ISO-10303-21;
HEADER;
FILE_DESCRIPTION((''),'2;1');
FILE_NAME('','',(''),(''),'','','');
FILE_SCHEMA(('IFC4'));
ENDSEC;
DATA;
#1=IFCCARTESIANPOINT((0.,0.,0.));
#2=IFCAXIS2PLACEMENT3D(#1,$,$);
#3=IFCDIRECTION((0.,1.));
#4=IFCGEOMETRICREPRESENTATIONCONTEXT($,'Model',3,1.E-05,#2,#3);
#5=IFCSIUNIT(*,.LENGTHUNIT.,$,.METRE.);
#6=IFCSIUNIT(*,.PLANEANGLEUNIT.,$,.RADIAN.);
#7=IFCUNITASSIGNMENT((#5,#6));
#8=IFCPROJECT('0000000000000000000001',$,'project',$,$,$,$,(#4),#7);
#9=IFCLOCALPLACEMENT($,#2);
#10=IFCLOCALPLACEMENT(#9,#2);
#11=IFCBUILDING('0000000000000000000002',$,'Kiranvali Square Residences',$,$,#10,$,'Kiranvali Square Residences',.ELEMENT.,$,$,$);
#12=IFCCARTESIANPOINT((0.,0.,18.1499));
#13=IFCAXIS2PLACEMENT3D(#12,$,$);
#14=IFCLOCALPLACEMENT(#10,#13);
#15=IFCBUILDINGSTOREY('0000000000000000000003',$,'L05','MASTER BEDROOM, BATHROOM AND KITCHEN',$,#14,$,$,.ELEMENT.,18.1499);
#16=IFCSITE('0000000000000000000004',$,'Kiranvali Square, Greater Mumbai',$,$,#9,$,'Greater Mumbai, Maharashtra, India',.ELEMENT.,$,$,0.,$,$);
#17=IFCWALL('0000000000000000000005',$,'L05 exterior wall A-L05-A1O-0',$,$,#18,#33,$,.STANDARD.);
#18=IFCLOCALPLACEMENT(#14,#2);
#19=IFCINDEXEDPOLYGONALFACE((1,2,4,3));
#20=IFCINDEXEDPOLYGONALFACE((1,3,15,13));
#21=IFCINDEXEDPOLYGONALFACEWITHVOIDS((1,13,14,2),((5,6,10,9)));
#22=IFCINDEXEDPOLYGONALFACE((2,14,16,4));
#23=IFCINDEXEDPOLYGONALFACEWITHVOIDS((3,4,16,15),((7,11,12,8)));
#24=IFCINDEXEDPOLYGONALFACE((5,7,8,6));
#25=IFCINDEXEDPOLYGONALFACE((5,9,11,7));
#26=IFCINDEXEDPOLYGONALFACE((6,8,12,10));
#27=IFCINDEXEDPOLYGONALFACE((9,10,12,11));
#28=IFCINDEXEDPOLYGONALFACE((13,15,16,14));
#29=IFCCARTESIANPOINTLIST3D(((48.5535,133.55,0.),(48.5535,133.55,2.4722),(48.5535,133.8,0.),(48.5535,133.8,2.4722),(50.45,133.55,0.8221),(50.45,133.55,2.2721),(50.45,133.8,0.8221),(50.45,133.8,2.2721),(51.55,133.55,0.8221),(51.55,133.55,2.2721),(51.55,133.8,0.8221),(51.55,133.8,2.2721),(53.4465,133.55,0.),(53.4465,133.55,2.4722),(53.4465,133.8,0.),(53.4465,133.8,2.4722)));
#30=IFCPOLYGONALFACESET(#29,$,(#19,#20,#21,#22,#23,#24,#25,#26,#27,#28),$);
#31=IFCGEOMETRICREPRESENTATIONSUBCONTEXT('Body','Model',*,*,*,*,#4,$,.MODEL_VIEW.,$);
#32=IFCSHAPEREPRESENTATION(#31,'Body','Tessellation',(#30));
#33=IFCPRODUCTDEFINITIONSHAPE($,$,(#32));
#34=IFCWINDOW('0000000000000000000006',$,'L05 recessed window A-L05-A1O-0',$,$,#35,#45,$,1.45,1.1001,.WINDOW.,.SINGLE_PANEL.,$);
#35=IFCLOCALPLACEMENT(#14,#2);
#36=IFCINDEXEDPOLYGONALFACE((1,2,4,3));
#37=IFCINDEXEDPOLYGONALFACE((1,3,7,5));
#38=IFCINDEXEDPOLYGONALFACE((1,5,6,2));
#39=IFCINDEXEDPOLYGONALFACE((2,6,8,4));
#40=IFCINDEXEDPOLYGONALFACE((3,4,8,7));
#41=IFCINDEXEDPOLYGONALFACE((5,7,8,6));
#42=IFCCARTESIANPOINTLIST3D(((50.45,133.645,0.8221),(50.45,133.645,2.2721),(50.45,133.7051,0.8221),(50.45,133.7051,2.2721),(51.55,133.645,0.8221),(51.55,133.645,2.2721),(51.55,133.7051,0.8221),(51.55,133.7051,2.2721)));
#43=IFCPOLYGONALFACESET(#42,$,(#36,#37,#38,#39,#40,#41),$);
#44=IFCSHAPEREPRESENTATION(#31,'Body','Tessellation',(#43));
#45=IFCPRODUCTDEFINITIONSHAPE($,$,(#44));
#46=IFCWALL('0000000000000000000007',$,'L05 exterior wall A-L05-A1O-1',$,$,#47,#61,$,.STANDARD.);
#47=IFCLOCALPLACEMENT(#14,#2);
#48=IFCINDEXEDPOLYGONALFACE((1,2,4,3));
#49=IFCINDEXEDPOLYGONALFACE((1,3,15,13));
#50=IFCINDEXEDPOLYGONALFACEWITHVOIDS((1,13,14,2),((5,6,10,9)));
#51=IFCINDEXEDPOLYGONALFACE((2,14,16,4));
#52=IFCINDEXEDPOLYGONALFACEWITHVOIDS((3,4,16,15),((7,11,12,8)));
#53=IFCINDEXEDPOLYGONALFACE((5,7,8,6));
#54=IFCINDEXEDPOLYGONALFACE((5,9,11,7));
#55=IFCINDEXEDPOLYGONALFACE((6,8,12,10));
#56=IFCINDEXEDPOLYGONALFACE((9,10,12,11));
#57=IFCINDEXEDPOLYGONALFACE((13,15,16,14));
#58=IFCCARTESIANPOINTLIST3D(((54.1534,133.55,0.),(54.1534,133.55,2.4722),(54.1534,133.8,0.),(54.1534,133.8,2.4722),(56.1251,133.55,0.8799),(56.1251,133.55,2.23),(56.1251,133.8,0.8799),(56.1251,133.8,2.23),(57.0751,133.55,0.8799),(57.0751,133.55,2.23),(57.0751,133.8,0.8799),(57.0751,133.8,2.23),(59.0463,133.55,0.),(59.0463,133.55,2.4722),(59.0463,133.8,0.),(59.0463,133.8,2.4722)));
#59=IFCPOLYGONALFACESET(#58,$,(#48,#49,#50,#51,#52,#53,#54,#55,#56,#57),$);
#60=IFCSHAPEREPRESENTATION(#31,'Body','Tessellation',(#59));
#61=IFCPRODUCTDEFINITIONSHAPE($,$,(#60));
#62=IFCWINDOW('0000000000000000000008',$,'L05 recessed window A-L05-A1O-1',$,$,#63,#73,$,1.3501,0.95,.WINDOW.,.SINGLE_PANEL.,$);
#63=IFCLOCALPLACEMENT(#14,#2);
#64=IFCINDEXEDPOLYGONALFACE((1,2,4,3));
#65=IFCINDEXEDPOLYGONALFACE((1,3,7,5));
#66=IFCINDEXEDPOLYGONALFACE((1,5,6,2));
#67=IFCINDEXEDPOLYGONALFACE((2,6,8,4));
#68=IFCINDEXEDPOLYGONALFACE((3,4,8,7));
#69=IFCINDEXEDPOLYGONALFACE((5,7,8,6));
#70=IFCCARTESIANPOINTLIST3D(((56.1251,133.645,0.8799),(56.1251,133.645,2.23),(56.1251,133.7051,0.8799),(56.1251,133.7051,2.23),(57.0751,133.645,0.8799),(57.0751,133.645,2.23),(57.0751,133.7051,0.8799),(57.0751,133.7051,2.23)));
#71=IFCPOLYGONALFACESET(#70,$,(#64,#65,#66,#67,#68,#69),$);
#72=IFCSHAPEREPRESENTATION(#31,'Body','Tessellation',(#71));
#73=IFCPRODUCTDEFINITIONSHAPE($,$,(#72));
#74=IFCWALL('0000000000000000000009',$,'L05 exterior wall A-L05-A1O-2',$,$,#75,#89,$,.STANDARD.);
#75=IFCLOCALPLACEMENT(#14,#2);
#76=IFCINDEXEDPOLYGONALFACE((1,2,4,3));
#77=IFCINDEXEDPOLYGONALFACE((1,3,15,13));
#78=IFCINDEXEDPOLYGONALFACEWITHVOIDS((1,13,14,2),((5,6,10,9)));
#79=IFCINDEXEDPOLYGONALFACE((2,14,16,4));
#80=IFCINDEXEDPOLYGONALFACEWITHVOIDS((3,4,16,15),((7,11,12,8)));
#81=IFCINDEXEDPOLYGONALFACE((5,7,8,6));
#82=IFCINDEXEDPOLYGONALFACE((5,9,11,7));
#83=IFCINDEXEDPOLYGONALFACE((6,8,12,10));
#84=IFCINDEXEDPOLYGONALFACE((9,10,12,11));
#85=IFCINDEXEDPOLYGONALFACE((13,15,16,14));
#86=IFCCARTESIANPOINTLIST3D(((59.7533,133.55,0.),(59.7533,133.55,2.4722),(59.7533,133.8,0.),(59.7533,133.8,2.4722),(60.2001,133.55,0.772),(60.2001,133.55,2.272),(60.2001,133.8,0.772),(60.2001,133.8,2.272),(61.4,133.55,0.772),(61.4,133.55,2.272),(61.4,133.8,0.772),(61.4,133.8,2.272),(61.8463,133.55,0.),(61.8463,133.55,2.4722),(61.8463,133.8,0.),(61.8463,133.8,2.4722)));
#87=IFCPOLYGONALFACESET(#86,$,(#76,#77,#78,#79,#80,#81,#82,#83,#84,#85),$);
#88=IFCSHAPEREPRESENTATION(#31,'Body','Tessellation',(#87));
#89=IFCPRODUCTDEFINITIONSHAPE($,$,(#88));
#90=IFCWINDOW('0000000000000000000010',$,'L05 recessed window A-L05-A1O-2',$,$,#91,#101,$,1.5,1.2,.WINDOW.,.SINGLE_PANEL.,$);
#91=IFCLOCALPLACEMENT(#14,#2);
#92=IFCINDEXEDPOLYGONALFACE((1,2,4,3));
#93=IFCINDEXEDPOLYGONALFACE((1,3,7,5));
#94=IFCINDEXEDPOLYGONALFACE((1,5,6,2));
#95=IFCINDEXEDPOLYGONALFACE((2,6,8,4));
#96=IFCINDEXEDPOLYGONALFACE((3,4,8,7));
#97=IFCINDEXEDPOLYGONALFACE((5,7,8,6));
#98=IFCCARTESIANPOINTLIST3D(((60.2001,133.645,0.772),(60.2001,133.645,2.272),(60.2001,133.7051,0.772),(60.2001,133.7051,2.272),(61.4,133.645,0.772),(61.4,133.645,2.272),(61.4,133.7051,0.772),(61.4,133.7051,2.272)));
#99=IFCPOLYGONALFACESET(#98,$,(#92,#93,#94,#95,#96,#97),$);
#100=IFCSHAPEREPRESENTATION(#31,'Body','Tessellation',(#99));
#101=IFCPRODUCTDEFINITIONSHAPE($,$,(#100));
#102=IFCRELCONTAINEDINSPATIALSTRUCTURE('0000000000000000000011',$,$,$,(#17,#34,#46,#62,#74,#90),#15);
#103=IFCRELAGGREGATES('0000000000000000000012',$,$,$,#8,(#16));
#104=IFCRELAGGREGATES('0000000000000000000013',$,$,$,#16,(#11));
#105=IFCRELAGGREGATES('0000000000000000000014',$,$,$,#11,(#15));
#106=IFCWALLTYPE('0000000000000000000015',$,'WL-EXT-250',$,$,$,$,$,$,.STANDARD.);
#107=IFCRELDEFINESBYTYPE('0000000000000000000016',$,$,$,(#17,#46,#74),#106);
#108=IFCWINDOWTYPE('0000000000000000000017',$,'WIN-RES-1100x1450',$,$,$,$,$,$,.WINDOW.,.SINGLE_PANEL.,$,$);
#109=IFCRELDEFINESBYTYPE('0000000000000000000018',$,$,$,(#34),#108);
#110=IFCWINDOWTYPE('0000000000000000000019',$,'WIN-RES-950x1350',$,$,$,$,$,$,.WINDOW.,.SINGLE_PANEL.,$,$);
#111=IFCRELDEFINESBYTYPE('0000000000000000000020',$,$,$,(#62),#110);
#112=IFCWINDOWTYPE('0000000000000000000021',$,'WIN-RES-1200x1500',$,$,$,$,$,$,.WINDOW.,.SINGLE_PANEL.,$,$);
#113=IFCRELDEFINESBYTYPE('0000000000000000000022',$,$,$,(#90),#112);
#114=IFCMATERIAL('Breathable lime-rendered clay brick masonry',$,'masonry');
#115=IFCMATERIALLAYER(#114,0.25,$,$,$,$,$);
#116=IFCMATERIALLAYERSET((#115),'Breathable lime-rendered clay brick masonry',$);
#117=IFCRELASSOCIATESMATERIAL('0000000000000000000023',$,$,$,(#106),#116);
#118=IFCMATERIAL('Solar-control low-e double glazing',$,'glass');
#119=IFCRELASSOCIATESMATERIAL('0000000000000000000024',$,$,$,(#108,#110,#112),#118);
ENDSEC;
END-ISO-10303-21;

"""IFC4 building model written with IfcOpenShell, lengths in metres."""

from ifc_helpers import new_model, si_unit, direction, frame, frame_2d, origin, place, context, subcontext, project, spatial, rectangle, extrude, material, layer, layer_set, type_object, element, fill, save


model = new_model("IFC4")

# Units and contexts
model_context = context("Model", 3, precision=1e-05, world=origin(), true_north=direction((0.0, 1.0)))
body_context = subcontext(model_context, "Body", "Model", "MODEL_VIEW")
ifc_project = project(units=[si_unit("LENGTHUNIT", "METRE"), si_unit("PLANEANGLEUNIT", "RADIAN")], contexts=[model_context])

# Site, building, storey
site_placement = place(None, origin())
site = spatial("IfcSite", under=ifc_project, at=site_placement, Name="Kiranvali Square, Greater Mumbai", LongName="Greater Mumbai, Maharashtra, India", CompositionType="ELEMENT", RefElevation=0.0)
building_placement = place(site_placement, origin())
building = spatial("IfcBuilding", under=site, at=building_placement, Name="Kiranvali Square Residences", LongName="Kiranvali Square Residences", CompositionType="ELEMENT")
storey_placement = place(building_placement, frame((0.0, 0.0, 18.1499)))
storey = spatial("IfcBuildingStorey", under=building, at=storey_placement, Name="L05", Description="MASTER BEDROOM, BATHROOM AND KITCHEN", CompositionType="ELEMENT", Elevation=18.1499)

# Walls, openings, windows
ifc_material_1 = material(Name="Breathable lime-rendered clay brick masonry", Category="masonry")
ifc_layer = layer(ifc_material_1, 0.25)
ifc_layer_set = layer_set([ifc_layer], Name="Breathable lime-rendered clay brick masonry")
wall_type = type_object("IfcWallType", Name="WL-EXT-250", PredefinedType="STANDARD", material=ifc_layer_set)
wall_1_placement = place(storey_placement, frame((48.5535, 133.675, 0.0), z_axis=(0.0, 0.0, 1.0), x_axis=(1.0, 0.0, 0.0)))
wall_1 = element("IfcWall", 1, at=wall_1_placement, inside=storey, type_object=wall_type, Name="L05 exterior wall A-L05-A1O-0", PredefinedType="STANDARD", context=body_context, shape_type="SweptSolid", body=[
    extrude(rectangle(XDim=4.8931, YDim=0.25, at=frame_2d((2.4465, 0.0))), origin(), (0.0, 0.0, 1.0), 2.4722),
])
opening_1_placement = place(wall_1_placement, frame((1.8965, 0.0, 0.822)))
opening_1 = element("IfcOpeningElement", 2, at=opening_1_placement, cuts=wall_1, PredefinedType="OPENING", context=body_context, shape_type="SweptSolid", body=[
    extrude(rectangle(XDim=1.1001, YDim=1.45, at=frame_2d((0.55, 0.7251))), frame((0.0, 0.135, 0.0), z_axis=(0.0, -1.0, 0.0), x_axis=(1.0, 0.0, 0.0)), (0.0, 0.0, 1.0), 0.27),
])
ifc_material_2 = material(Name="Solar-control low-e double glazing", Category="glass")
window_type_1 = type_object("IfcWindowType", Name="WIN-RES-1100x1450", PartitioningType="SINGLE_PANEL", PredefinedType="WINDOW", material=ifc_material_2)
window_1_placement = place(opening_1_placement, origin())
window_1 = element("IfcWindow", 3, at=window_1_placement, inside=storey, type_object=window_type_1, Name="L05 recessed window A-L05-A1O-0", OverallHeight=1.45, OverallWidth=1.1001, PartitioningType="SINGLE_PANEL", PredefinedType="WINDOW", context=body_context, shape_type="SweptSolid", body=[
    extrude(rectangle(XDim=1.1001, YDim=1.45, at=frame_2d((0.55, 0.7251))), frame((0.0, 0.03, 0.0), z_axis=(0.0, -1.0, 0.0), x_axis=(1.0, 0.0, 0.0)), (0.0, 0.0, 1.0), 0.0601),
])
fill(opening_1, window_1)
wall_2_placement = place(storey_placement, frame((54.1536, 133.675, 0.0), z_axis=(0.0, 0.0, 1.0), x_axis=(1.0, 0.0, 0.0)))
wall_2 = element("IfcWall", 4, at=wall_2_placement, inside=storey, type_object=wall_type, Name="L05 exterior wall A-L05-A1O-1", PredefinedType="STANDARD", context=body_context, shape_type="SweptSolid", body=[
    extrude(rectangle(XDim=4.8928, YDim=0.25, at=frame_2d((2.4463, 0.0))), origin(), (0.0, 0.0, 1.0), 2.4722),
])
opening_2_placement = place(wall_2_placement, frame((1.9714, 0.0, 0.8799)))
opening_2 = element("IfcOpeningElement", 5, at=opening_2_placement, cuts=wall_2, PredefinedType="OPENING", context=body_context, shape_type="SweptSolid", body=[
    extrude(rectangle(XDim=0.95, YDim=1.3501, at=frame_2d((0.4751, 0.675))), frame((0.0, 0.135, 0.0), z_axis=(0.0, -1.0, 0.0), x_axis=(1.0, 0.0, 0.0)), (0.0, 0.0, 1.0), 0.27),
])
window_type_2 = type_object("IfcWindowType", Name="WIN-RES-950x1350", PartitioningType="SINGLE_PANEL", PredefinedType="WINDOW", material=ifc_material_2)
window_2_placement = place(opening_2_placement, origin())
window_2 = element("IfcWindow", 6, at=window_2_placement, inside=storey, type_object=window_type_2, Name="L05 recessed window A-L05-A1O-1", OverallHeight=1.3501, OverallWidth=0.95, PartitioningType="SINGLE_PANEL", PredefinedType="WINDOW", context=body_context, shape_type="SweptSolid", body=[
    extrude(rectangle(XDim=0.95, YDim=1.3501, at=frame_2d((0.4751, 0.675))), frame((0.0, 0.03, 0.0), z_axis=(0.0, -1.0, 0.0), x_axis=(1.0, 0.0, 0.0)), (0.0, 0.0, 1.0), 0.0601),
])
fill(opening_2, window_2)
wall_3_placement = place(storey_placement, frame((59.7534, 133.675, 0.0), z_axis=(0.0, 0.0, 1.0), x_axis=(1.0, 0.0, 0.0)))
wall_3 = element("IfcWall", 7, at=wall_3_placement, inside=storey, type_object=wall_type, Name="L05 exterior wall A-L05-A1O-2", PredefinedType="STANDARD", context=body_context, shape_type="SweptSolid", body=[
    extrude(rectangle(XDim=2.093, YDim=0.25, at=frame_2d((1.0464, 0.0))), origin(), (0.0, 0.0, 1.0), 2.4722),
])
opening_3_placement = place(wall_3_placement, frame((0.4465, 0.0, 0.772)))
opening_3 = element("IfcOpeningElement", 8, at=opening_3_placement, cuts=wall_3, PredefinedType="OPENING", context=body_context, shape_type="SweptSolid", body=[
    extrude(rectangle(XDim=1.2, YDim=1.5, at=frame_2d((0.6001, 0.75))), frame((0.0, 0.135, 0.0), z_axis=(0.0, -1.0, 0.0), x_axis=(1.0, 0.0, 0.0)), (0.0, 0.0, 1.0), 0.27),
])
window_type_3 = type_object("IfcWindowType", Name="WIN-RES-1200x1500", PartitioningType="SINGLE_PANEL", PredefinedType="WINDOW", material=ifc_material_2)
window_3_placement = place(opening_3_placement, origin())
window_3 = element("IfcWindow", 9, at=window_3_placement, inside=storey, type_object=window_type_3, Name="L05 recessed window A-L05-A1O-2", OverallHeight=1.5, OverallWidth=1.2, PartitioningType="SINGLE_PANEL", PredefinedType="WINDOW", context=body_context, shape_type="SweptSolid", body=[
    extrude(rectangle(XDim=1.2, YDim=1.5, at=frame_2d((0.6001, 0.75))), frame((0.0, 0.03, 0.0), z_axis=(0.0, -1.0, 0.0), x_axis=(1.0, 0.0, 0.0)), (0.0, 0.0, 1.0), 0.0601),
])
fill(opening_3, window_3)

save(model, "model.ifc")
